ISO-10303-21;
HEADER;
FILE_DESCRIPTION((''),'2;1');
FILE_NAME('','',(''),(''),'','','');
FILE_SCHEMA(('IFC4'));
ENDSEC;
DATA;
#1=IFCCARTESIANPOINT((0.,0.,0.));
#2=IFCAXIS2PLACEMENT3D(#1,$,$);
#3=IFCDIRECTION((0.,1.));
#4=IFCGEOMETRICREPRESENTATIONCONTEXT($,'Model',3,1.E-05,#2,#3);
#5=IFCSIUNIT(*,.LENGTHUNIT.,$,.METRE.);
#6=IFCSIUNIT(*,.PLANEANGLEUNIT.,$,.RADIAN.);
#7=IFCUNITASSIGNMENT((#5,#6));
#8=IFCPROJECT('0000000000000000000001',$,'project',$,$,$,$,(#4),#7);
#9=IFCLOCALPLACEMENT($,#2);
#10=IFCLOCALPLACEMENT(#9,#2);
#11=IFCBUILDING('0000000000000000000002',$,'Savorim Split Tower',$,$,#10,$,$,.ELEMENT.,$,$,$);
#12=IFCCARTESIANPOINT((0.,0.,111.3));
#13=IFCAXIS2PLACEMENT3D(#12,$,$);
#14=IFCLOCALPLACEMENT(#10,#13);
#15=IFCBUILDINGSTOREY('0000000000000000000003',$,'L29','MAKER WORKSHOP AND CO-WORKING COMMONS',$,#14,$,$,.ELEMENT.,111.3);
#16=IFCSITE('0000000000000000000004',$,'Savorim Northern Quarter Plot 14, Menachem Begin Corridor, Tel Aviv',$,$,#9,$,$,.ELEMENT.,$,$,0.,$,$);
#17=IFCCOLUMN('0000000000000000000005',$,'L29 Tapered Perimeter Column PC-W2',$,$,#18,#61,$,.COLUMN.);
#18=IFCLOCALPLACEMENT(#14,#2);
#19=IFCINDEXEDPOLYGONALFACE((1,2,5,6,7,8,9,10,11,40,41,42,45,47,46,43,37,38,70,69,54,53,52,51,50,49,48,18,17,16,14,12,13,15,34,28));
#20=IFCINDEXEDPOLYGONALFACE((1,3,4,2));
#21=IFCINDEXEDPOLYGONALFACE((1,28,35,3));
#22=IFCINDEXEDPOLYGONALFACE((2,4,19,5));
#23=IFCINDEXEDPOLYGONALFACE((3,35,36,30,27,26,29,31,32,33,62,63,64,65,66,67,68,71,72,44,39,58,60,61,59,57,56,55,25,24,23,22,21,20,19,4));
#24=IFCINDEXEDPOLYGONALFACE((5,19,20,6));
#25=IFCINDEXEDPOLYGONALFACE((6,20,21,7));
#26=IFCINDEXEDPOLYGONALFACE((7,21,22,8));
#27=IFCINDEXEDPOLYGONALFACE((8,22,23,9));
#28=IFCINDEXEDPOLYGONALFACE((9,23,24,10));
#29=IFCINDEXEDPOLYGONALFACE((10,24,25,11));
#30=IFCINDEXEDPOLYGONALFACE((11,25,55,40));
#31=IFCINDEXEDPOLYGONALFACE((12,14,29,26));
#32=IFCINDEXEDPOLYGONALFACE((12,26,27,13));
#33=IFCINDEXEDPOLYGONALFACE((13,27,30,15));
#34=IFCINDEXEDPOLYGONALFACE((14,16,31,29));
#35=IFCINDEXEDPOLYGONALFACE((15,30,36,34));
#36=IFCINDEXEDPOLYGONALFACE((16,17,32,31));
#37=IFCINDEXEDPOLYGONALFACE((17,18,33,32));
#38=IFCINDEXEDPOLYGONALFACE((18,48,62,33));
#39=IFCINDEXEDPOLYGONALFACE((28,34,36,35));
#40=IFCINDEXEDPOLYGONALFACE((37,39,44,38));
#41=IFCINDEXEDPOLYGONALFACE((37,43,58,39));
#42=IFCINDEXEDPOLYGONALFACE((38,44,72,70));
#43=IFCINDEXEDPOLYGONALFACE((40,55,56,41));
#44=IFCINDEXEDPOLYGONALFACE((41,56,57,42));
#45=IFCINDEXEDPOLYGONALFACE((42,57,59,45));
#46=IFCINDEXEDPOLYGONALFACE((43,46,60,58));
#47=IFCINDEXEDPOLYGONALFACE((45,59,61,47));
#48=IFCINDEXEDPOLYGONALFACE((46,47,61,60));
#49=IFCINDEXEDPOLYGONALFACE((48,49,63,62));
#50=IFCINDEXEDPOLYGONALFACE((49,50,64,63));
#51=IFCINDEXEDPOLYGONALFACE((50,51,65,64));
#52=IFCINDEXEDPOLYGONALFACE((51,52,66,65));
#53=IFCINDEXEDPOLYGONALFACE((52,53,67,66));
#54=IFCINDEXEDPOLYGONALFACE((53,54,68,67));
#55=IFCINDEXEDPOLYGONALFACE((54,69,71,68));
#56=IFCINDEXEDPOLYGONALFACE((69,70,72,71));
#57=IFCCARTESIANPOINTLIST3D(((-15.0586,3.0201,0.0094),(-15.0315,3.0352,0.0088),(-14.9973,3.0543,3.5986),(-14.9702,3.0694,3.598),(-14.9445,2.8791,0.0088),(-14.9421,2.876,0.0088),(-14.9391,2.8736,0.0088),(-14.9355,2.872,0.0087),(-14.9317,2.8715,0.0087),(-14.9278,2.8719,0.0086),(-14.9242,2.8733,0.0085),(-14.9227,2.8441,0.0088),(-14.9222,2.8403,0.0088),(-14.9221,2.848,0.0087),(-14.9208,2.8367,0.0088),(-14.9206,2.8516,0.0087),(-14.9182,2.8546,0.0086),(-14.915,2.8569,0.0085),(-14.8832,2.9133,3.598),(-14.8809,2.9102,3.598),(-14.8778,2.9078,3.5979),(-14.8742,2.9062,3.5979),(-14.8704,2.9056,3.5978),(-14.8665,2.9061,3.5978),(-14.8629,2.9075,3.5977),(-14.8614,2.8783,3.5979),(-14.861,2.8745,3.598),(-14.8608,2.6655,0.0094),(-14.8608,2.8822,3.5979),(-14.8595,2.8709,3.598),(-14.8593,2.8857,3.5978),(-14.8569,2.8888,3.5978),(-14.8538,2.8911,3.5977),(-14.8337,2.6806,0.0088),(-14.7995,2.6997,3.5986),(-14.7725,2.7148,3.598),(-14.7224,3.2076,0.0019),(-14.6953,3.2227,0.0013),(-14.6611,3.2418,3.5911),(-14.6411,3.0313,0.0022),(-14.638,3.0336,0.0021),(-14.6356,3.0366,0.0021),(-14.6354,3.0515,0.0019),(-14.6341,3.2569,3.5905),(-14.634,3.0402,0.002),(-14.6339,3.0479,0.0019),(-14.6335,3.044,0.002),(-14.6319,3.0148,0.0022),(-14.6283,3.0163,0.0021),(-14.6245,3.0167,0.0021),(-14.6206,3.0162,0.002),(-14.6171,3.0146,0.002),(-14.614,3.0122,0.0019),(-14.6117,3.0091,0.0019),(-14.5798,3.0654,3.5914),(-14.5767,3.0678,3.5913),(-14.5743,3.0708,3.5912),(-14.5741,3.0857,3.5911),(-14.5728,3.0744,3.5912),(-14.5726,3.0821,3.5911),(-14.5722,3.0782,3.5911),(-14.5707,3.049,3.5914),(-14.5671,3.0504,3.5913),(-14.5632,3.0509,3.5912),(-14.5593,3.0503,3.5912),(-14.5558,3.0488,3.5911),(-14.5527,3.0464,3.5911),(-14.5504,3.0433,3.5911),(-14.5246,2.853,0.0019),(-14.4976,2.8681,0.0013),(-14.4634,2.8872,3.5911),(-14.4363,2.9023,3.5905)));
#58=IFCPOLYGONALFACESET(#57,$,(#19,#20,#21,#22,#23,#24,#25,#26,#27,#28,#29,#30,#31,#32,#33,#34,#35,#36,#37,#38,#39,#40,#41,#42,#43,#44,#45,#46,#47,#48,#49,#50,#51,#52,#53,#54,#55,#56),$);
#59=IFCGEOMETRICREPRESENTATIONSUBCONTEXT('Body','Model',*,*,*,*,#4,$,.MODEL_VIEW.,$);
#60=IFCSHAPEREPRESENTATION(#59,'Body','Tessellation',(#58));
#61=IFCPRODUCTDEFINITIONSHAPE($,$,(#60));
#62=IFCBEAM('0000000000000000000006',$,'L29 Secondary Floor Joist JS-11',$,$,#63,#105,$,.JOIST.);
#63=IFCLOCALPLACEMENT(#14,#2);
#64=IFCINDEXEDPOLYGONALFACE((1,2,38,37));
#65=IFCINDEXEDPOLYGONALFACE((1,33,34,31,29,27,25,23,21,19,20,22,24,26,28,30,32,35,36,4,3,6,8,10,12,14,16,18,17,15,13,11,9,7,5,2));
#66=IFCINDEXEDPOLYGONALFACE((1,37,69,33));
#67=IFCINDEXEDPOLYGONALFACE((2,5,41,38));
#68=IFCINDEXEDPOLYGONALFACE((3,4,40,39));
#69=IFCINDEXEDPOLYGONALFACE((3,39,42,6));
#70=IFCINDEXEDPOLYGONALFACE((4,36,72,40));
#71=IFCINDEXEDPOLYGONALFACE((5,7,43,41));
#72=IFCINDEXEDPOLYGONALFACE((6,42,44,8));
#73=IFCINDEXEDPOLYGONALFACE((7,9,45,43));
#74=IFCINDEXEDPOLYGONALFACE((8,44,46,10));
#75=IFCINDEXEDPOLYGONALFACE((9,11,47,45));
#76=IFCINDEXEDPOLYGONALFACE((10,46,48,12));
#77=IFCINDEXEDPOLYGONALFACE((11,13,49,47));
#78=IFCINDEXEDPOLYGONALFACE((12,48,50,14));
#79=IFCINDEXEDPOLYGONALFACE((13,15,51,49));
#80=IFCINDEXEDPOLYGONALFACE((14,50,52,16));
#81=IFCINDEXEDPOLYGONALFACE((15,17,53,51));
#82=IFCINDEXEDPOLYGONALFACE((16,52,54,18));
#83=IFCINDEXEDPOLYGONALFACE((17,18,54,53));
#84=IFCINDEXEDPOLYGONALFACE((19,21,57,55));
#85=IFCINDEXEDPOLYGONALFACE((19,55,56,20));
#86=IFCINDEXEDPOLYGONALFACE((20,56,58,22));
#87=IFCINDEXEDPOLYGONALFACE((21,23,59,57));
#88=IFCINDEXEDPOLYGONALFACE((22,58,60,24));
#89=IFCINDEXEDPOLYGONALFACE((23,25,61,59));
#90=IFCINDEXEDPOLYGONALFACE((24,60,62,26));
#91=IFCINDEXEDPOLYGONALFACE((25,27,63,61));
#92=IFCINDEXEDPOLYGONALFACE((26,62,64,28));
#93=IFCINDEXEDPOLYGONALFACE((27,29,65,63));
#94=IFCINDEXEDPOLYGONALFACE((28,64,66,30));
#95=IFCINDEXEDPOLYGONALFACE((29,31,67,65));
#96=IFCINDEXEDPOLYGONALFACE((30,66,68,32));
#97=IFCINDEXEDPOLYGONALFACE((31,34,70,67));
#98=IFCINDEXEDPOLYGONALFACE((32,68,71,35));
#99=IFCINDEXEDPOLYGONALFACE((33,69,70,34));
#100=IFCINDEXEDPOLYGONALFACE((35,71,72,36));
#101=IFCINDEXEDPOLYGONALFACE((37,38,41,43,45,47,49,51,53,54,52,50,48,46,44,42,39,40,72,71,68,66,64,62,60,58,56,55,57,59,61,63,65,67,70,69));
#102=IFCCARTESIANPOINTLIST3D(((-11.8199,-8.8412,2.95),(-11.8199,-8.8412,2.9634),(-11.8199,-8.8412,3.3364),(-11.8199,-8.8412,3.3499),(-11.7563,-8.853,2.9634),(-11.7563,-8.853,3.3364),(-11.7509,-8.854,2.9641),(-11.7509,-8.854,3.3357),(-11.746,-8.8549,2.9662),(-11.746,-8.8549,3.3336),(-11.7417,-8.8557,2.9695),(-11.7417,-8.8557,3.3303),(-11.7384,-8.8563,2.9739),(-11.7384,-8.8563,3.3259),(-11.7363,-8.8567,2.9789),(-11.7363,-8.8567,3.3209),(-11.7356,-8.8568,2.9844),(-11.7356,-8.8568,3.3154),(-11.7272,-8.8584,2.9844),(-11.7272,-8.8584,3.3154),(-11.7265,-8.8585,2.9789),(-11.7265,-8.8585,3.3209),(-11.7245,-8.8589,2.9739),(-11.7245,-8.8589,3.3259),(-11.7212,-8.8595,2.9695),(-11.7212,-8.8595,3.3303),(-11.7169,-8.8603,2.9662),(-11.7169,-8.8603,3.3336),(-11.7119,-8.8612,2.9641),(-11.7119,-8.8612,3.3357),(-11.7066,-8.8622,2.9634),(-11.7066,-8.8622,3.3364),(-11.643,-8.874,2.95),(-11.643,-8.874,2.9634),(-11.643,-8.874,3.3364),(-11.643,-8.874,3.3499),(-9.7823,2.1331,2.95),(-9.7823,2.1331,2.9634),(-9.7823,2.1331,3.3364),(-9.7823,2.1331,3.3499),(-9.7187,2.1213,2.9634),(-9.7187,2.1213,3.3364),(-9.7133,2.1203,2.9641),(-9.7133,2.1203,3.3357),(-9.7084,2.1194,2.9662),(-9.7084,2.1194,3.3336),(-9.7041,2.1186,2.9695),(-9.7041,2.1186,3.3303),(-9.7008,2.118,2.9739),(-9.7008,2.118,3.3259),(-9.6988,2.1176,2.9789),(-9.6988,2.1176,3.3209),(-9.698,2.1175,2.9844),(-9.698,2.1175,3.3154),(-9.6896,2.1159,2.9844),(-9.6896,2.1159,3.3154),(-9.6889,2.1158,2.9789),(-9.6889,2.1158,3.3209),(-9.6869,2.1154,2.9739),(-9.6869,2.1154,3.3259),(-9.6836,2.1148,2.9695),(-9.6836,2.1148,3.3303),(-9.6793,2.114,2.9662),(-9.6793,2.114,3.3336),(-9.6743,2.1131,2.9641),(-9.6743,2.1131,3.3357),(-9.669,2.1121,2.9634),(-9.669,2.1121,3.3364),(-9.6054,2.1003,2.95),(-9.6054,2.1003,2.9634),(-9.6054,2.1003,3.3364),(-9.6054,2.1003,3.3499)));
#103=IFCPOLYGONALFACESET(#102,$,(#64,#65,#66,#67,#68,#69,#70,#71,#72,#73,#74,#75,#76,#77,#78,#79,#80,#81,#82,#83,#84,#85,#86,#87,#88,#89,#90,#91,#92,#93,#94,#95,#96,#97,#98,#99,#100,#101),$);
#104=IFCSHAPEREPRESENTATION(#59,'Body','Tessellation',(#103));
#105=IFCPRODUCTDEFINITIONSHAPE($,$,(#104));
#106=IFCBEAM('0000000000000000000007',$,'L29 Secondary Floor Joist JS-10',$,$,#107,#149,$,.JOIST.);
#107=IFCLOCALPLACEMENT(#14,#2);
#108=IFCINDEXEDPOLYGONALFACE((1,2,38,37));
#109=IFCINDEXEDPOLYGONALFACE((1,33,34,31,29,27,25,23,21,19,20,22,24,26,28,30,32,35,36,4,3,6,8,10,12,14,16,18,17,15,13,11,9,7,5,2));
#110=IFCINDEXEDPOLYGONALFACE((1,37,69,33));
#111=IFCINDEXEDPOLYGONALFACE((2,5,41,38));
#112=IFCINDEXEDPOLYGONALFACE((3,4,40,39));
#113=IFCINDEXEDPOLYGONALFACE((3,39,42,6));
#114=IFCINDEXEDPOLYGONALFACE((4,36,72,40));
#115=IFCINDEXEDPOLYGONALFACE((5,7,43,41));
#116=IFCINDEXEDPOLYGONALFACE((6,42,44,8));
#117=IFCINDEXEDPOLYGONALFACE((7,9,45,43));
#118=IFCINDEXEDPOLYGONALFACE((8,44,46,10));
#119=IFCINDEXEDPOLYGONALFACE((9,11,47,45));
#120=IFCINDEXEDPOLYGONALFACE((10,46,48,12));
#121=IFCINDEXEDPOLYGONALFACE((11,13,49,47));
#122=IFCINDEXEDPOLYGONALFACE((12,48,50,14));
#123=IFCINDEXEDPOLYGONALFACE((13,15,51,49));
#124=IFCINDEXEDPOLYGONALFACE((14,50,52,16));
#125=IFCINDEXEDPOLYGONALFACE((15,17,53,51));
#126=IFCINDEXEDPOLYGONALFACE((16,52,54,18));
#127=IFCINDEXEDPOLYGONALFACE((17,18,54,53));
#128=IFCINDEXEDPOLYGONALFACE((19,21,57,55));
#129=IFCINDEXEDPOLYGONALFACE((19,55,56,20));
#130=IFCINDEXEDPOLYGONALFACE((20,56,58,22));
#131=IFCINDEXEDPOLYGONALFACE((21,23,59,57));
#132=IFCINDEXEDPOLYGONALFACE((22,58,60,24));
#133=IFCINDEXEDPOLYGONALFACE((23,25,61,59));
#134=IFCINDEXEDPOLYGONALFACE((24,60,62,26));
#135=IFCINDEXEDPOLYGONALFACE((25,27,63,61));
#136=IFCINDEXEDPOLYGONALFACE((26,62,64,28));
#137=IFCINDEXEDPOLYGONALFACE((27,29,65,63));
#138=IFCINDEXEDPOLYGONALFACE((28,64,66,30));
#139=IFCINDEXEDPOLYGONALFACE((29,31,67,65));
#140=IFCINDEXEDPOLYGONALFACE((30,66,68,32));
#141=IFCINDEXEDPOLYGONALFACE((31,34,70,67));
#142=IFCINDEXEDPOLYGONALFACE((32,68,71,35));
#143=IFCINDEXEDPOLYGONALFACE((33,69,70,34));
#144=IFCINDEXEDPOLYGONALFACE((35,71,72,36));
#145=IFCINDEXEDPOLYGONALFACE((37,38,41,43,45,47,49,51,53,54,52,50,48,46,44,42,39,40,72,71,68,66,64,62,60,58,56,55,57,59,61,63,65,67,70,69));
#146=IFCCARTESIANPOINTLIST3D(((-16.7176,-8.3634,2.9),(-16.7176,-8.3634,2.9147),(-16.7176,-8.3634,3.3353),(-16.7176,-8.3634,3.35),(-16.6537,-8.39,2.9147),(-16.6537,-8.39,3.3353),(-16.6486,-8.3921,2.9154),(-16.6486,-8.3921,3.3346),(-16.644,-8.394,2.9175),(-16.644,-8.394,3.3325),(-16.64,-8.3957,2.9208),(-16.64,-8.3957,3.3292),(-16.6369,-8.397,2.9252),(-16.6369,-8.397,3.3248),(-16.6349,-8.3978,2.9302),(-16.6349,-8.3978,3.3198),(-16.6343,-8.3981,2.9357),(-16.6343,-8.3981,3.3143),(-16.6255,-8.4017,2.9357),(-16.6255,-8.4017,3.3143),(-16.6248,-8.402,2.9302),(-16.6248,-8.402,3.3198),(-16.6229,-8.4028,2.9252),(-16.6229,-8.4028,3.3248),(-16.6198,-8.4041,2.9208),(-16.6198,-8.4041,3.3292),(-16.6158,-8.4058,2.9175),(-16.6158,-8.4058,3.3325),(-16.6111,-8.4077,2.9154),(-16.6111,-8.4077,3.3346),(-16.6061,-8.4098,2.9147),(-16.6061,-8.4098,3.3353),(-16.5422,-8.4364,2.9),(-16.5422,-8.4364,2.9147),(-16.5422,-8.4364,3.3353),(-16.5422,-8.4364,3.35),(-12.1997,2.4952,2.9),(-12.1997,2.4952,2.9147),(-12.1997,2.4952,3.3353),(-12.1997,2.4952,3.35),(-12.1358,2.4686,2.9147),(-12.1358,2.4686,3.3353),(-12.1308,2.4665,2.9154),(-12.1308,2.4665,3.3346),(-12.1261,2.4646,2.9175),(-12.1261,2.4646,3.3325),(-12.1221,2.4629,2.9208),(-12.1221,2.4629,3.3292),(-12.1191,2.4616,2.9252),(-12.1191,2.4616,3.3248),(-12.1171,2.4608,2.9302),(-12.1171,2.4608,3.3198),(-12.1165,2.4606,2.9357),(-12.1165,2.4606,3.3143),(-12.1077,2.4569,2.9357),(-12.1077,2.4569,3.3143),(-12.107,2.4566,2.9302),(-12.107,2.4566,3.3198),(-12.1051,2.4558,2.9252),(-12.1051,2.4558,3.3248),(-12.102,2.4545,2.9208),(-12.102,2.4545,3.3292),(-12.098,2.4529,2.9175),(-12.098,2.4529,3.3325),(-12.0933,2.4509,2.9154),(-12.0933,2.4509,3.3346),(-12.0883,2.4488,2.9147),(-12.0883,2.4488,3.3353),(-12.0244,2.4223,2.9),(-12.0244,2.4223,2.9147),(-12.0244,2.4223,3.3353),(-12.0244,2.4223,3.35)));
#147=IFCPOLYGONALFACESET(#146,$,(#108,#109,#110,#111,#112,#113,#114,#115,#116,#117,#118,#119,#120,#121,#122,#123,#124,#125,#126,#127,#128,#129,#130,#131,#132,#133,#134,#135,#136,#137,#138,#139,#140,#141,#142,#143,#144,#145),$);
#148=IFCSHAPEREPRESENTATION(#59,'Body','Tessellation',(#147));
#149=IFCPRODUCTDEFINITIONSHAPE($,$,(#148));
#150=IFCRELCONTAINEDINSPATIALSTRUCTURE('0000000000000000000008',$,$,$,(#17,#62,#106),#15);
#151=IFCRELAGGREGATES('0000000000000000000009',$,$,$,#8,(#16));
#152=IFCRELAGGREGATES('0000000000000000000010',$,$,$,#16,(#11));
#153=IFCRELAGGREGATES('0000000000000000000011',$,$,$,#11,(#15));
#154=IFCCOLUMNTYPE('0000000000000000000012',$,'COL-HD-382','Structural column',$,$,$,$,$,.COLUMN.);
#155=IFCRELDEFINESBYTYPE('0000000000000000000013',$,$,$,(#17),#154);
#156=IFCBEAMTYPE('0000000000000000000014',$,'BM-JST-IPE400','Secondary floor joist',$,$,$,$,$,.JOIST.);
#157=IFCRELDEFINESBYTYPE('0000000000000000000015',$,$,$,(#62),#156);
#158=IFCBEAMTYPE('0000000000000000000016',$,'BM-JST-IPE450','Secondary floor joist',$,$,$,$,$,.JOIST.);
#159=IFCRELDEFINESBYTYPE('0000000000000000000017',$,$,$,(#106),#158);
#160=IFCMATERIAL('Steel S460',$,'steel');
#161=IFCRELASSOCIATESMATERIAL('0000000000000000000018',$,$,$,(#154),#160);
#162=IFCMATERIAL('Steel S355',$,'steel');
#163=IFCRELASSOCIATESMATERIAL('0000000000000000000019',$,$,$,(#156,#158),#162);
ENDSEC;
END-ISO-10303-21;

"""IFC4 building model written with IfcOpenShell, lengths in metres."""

from ifc_helpers import new_model, si_unit, direction, frame, origin, origin_2d, place, context, subcontext, project, spatial, i_section, extrude, material, material_profile, profile_set, type_object, element, save


model = new_model("IFC4")

# Units and contexts
model_context = context("Model", 3, precision=1e-05, world=origin(), true_north=direction((0.0, 1.0)))
body_context = subcontext(model_context, "Body", "Model", "MODEL_VIEW")
ifc_project = project(units=[si_unit("LENGTHUNIT", "METRE"), si_unit("PLANEANGLEUNIT", "RADIAN")], contexts=[model_context])

# Site, building, storey
site_placement = place(None, origin())
site = spatial("IfcSite", under=ifc_project, at=site_placement, Name="Savorim Northern Quarter Plot 14, Menachem Begin Corridor, Tel Aviv", CompositionType="ELEMENT", RefElevation=0.0)
building_placement = place(site_placement, origin())
building = spatial("IfcBuilding", under=site, at=building_placement, Name="Savorim Split Tower", CompositionType="ELEMENT")
storey_placement = place(building_placement, frame((0.0, 0.0, 111.3)))
storey = spatial("IfcBuildingStorey", under=building, at=storey_placement, Name="L29", Description="MAKER WORKSHOP AND CO-WORKING COMMONS", CompositionType="ELEMENT", Elevation=111.3)

# Column
ifc_material_1 = material(Name="Steel S460", Category="steel")
ifc_material_profile_1 = material_profile(ifc_material_1, i_section(OverallWidth=0.406, OverallDepth=0.416, WebThickness=0.0188, FlangeThickness=0.031, FilletRadius=0.0149, at=origin_2d()), Name="HD 400x382")
ifc_profile_set_1 = profile_set([ifc_material_profile_1], Name="Steel S460")
column_type = type_object("IfcColumnType", Name="COL-HD-382", Description="Structural column", PredefinedType="COLUMN", material=ifc_profile_set_1)
column_placement = place(storey_placement, frame((-14.7781, 2.9441, 0.0054), z_axis=(0.01707, 0.009521, 0.999809), x_axis=(-0.487119, 0.873335, 0.0)))
element("IfcColumn", 1, at=column_placement, inside=storey, type_object=column_type, Name="L29 Tapered Perimeter Column PC-W2", PredefinedType="COLUMN", context=body_context, shape_type="SweptSolid", body=[
    extrude(i_section(OverallWidth=0.406, OverallDepth=0.416, WebThickness=0.0188, FlangeThickness=0.031, FilletRadius=0.0149, at=origin_2d()), origin(), (0.0, 0.0, 1.0), 3.5898),
])

# Beams
ifc_material_2 = material(Name="Steel S355", Category="steel")
ifc_material_profile_2 = material_profile(ifc_material_2, i_section(OverallWidth=0.1799, OverallDepth=0.3999, WebThickness=0.0085, FlangeThickness=0.0134, FilletRadius=0.021, at=origin_2d()), Name="IPE 400")
ifc_profile_set_2 = profile_set([ifc_material_profile_2], Name="Steel S355")
beam_type_1 = type_object("IfcBeamType", Name="BM-JST-IPE400", Description="Secondary floor joist", PredefinedType="JOIST", material=ifc_profile_set_2)
beam_1_placement = place(storey_placement, frame((-9.6938, 2.1167, 3.1499), z_axis=(-0.182549, -0.983197, 0.0), x_axis=(0.983197, -0.182549, 0.0)))
element("IfcBeam", 2, at=beam_1_placement, inside=storey, type_object=beam_type_1, Name="L29 Secondary Floor Joist JS-11", PredefinedType="JOIST", context=body_context, shape_type="SweptSolid", body=[
    extrude(i_section(OverallWidth=0.1799, OverallDepth=0.3999, WebThickness=0.0085, FlangeThickness=0.0134, FilletRadius=0.021, at=origin_2d()), origin(), (0.0, 0.0, 1.0), 11.1619),
])
ifc_material_profile_3 = material_profile(ifc_material_2, i_section(OverallWidth=0.1899, OverallDepth=0.45, WebThickness=0.0095, FlangeThickness=0.0146, FilletRadius=0.021, at=origin_2d()), Name="IPE 450")
ifc_profile_set_3 = profile_set([ifc_material_profile_3], Name="Steel S355")
beam_type_2 = type_object("IfcBeamType", Name="BM-JST-IPE450", Description="Secondary floor joist", PredefinedType="JOIST", material=ifc_profile_set_3)
beam_2_placement = place(storey_placement, frame((-12.1121, 2.4587, 3.125), z_axis=(-0.384136, -0.923276, 0.0), x_axis=(0.923276, -0.384136, 0.0)))
element("IfcBeam", 3, at=beam_2_placement, inside=storey, type_object=beam_type_2, Name="L29 Secondary Floor Joist JS-10", PredefinedType="JOIST", context=body_context, shape_type="SweptSolid", body=[
    extrude(i_section(OverallWidth=0.1899, OverallDepth=0.45, WebThickness=0.0095, FlangeThickness=0.0146, FilletRadius=0.021, at=origin_2d()), origin(), (0.0, 0.0, 1.0), 11.761),
])

save(model, "model.ifc")
